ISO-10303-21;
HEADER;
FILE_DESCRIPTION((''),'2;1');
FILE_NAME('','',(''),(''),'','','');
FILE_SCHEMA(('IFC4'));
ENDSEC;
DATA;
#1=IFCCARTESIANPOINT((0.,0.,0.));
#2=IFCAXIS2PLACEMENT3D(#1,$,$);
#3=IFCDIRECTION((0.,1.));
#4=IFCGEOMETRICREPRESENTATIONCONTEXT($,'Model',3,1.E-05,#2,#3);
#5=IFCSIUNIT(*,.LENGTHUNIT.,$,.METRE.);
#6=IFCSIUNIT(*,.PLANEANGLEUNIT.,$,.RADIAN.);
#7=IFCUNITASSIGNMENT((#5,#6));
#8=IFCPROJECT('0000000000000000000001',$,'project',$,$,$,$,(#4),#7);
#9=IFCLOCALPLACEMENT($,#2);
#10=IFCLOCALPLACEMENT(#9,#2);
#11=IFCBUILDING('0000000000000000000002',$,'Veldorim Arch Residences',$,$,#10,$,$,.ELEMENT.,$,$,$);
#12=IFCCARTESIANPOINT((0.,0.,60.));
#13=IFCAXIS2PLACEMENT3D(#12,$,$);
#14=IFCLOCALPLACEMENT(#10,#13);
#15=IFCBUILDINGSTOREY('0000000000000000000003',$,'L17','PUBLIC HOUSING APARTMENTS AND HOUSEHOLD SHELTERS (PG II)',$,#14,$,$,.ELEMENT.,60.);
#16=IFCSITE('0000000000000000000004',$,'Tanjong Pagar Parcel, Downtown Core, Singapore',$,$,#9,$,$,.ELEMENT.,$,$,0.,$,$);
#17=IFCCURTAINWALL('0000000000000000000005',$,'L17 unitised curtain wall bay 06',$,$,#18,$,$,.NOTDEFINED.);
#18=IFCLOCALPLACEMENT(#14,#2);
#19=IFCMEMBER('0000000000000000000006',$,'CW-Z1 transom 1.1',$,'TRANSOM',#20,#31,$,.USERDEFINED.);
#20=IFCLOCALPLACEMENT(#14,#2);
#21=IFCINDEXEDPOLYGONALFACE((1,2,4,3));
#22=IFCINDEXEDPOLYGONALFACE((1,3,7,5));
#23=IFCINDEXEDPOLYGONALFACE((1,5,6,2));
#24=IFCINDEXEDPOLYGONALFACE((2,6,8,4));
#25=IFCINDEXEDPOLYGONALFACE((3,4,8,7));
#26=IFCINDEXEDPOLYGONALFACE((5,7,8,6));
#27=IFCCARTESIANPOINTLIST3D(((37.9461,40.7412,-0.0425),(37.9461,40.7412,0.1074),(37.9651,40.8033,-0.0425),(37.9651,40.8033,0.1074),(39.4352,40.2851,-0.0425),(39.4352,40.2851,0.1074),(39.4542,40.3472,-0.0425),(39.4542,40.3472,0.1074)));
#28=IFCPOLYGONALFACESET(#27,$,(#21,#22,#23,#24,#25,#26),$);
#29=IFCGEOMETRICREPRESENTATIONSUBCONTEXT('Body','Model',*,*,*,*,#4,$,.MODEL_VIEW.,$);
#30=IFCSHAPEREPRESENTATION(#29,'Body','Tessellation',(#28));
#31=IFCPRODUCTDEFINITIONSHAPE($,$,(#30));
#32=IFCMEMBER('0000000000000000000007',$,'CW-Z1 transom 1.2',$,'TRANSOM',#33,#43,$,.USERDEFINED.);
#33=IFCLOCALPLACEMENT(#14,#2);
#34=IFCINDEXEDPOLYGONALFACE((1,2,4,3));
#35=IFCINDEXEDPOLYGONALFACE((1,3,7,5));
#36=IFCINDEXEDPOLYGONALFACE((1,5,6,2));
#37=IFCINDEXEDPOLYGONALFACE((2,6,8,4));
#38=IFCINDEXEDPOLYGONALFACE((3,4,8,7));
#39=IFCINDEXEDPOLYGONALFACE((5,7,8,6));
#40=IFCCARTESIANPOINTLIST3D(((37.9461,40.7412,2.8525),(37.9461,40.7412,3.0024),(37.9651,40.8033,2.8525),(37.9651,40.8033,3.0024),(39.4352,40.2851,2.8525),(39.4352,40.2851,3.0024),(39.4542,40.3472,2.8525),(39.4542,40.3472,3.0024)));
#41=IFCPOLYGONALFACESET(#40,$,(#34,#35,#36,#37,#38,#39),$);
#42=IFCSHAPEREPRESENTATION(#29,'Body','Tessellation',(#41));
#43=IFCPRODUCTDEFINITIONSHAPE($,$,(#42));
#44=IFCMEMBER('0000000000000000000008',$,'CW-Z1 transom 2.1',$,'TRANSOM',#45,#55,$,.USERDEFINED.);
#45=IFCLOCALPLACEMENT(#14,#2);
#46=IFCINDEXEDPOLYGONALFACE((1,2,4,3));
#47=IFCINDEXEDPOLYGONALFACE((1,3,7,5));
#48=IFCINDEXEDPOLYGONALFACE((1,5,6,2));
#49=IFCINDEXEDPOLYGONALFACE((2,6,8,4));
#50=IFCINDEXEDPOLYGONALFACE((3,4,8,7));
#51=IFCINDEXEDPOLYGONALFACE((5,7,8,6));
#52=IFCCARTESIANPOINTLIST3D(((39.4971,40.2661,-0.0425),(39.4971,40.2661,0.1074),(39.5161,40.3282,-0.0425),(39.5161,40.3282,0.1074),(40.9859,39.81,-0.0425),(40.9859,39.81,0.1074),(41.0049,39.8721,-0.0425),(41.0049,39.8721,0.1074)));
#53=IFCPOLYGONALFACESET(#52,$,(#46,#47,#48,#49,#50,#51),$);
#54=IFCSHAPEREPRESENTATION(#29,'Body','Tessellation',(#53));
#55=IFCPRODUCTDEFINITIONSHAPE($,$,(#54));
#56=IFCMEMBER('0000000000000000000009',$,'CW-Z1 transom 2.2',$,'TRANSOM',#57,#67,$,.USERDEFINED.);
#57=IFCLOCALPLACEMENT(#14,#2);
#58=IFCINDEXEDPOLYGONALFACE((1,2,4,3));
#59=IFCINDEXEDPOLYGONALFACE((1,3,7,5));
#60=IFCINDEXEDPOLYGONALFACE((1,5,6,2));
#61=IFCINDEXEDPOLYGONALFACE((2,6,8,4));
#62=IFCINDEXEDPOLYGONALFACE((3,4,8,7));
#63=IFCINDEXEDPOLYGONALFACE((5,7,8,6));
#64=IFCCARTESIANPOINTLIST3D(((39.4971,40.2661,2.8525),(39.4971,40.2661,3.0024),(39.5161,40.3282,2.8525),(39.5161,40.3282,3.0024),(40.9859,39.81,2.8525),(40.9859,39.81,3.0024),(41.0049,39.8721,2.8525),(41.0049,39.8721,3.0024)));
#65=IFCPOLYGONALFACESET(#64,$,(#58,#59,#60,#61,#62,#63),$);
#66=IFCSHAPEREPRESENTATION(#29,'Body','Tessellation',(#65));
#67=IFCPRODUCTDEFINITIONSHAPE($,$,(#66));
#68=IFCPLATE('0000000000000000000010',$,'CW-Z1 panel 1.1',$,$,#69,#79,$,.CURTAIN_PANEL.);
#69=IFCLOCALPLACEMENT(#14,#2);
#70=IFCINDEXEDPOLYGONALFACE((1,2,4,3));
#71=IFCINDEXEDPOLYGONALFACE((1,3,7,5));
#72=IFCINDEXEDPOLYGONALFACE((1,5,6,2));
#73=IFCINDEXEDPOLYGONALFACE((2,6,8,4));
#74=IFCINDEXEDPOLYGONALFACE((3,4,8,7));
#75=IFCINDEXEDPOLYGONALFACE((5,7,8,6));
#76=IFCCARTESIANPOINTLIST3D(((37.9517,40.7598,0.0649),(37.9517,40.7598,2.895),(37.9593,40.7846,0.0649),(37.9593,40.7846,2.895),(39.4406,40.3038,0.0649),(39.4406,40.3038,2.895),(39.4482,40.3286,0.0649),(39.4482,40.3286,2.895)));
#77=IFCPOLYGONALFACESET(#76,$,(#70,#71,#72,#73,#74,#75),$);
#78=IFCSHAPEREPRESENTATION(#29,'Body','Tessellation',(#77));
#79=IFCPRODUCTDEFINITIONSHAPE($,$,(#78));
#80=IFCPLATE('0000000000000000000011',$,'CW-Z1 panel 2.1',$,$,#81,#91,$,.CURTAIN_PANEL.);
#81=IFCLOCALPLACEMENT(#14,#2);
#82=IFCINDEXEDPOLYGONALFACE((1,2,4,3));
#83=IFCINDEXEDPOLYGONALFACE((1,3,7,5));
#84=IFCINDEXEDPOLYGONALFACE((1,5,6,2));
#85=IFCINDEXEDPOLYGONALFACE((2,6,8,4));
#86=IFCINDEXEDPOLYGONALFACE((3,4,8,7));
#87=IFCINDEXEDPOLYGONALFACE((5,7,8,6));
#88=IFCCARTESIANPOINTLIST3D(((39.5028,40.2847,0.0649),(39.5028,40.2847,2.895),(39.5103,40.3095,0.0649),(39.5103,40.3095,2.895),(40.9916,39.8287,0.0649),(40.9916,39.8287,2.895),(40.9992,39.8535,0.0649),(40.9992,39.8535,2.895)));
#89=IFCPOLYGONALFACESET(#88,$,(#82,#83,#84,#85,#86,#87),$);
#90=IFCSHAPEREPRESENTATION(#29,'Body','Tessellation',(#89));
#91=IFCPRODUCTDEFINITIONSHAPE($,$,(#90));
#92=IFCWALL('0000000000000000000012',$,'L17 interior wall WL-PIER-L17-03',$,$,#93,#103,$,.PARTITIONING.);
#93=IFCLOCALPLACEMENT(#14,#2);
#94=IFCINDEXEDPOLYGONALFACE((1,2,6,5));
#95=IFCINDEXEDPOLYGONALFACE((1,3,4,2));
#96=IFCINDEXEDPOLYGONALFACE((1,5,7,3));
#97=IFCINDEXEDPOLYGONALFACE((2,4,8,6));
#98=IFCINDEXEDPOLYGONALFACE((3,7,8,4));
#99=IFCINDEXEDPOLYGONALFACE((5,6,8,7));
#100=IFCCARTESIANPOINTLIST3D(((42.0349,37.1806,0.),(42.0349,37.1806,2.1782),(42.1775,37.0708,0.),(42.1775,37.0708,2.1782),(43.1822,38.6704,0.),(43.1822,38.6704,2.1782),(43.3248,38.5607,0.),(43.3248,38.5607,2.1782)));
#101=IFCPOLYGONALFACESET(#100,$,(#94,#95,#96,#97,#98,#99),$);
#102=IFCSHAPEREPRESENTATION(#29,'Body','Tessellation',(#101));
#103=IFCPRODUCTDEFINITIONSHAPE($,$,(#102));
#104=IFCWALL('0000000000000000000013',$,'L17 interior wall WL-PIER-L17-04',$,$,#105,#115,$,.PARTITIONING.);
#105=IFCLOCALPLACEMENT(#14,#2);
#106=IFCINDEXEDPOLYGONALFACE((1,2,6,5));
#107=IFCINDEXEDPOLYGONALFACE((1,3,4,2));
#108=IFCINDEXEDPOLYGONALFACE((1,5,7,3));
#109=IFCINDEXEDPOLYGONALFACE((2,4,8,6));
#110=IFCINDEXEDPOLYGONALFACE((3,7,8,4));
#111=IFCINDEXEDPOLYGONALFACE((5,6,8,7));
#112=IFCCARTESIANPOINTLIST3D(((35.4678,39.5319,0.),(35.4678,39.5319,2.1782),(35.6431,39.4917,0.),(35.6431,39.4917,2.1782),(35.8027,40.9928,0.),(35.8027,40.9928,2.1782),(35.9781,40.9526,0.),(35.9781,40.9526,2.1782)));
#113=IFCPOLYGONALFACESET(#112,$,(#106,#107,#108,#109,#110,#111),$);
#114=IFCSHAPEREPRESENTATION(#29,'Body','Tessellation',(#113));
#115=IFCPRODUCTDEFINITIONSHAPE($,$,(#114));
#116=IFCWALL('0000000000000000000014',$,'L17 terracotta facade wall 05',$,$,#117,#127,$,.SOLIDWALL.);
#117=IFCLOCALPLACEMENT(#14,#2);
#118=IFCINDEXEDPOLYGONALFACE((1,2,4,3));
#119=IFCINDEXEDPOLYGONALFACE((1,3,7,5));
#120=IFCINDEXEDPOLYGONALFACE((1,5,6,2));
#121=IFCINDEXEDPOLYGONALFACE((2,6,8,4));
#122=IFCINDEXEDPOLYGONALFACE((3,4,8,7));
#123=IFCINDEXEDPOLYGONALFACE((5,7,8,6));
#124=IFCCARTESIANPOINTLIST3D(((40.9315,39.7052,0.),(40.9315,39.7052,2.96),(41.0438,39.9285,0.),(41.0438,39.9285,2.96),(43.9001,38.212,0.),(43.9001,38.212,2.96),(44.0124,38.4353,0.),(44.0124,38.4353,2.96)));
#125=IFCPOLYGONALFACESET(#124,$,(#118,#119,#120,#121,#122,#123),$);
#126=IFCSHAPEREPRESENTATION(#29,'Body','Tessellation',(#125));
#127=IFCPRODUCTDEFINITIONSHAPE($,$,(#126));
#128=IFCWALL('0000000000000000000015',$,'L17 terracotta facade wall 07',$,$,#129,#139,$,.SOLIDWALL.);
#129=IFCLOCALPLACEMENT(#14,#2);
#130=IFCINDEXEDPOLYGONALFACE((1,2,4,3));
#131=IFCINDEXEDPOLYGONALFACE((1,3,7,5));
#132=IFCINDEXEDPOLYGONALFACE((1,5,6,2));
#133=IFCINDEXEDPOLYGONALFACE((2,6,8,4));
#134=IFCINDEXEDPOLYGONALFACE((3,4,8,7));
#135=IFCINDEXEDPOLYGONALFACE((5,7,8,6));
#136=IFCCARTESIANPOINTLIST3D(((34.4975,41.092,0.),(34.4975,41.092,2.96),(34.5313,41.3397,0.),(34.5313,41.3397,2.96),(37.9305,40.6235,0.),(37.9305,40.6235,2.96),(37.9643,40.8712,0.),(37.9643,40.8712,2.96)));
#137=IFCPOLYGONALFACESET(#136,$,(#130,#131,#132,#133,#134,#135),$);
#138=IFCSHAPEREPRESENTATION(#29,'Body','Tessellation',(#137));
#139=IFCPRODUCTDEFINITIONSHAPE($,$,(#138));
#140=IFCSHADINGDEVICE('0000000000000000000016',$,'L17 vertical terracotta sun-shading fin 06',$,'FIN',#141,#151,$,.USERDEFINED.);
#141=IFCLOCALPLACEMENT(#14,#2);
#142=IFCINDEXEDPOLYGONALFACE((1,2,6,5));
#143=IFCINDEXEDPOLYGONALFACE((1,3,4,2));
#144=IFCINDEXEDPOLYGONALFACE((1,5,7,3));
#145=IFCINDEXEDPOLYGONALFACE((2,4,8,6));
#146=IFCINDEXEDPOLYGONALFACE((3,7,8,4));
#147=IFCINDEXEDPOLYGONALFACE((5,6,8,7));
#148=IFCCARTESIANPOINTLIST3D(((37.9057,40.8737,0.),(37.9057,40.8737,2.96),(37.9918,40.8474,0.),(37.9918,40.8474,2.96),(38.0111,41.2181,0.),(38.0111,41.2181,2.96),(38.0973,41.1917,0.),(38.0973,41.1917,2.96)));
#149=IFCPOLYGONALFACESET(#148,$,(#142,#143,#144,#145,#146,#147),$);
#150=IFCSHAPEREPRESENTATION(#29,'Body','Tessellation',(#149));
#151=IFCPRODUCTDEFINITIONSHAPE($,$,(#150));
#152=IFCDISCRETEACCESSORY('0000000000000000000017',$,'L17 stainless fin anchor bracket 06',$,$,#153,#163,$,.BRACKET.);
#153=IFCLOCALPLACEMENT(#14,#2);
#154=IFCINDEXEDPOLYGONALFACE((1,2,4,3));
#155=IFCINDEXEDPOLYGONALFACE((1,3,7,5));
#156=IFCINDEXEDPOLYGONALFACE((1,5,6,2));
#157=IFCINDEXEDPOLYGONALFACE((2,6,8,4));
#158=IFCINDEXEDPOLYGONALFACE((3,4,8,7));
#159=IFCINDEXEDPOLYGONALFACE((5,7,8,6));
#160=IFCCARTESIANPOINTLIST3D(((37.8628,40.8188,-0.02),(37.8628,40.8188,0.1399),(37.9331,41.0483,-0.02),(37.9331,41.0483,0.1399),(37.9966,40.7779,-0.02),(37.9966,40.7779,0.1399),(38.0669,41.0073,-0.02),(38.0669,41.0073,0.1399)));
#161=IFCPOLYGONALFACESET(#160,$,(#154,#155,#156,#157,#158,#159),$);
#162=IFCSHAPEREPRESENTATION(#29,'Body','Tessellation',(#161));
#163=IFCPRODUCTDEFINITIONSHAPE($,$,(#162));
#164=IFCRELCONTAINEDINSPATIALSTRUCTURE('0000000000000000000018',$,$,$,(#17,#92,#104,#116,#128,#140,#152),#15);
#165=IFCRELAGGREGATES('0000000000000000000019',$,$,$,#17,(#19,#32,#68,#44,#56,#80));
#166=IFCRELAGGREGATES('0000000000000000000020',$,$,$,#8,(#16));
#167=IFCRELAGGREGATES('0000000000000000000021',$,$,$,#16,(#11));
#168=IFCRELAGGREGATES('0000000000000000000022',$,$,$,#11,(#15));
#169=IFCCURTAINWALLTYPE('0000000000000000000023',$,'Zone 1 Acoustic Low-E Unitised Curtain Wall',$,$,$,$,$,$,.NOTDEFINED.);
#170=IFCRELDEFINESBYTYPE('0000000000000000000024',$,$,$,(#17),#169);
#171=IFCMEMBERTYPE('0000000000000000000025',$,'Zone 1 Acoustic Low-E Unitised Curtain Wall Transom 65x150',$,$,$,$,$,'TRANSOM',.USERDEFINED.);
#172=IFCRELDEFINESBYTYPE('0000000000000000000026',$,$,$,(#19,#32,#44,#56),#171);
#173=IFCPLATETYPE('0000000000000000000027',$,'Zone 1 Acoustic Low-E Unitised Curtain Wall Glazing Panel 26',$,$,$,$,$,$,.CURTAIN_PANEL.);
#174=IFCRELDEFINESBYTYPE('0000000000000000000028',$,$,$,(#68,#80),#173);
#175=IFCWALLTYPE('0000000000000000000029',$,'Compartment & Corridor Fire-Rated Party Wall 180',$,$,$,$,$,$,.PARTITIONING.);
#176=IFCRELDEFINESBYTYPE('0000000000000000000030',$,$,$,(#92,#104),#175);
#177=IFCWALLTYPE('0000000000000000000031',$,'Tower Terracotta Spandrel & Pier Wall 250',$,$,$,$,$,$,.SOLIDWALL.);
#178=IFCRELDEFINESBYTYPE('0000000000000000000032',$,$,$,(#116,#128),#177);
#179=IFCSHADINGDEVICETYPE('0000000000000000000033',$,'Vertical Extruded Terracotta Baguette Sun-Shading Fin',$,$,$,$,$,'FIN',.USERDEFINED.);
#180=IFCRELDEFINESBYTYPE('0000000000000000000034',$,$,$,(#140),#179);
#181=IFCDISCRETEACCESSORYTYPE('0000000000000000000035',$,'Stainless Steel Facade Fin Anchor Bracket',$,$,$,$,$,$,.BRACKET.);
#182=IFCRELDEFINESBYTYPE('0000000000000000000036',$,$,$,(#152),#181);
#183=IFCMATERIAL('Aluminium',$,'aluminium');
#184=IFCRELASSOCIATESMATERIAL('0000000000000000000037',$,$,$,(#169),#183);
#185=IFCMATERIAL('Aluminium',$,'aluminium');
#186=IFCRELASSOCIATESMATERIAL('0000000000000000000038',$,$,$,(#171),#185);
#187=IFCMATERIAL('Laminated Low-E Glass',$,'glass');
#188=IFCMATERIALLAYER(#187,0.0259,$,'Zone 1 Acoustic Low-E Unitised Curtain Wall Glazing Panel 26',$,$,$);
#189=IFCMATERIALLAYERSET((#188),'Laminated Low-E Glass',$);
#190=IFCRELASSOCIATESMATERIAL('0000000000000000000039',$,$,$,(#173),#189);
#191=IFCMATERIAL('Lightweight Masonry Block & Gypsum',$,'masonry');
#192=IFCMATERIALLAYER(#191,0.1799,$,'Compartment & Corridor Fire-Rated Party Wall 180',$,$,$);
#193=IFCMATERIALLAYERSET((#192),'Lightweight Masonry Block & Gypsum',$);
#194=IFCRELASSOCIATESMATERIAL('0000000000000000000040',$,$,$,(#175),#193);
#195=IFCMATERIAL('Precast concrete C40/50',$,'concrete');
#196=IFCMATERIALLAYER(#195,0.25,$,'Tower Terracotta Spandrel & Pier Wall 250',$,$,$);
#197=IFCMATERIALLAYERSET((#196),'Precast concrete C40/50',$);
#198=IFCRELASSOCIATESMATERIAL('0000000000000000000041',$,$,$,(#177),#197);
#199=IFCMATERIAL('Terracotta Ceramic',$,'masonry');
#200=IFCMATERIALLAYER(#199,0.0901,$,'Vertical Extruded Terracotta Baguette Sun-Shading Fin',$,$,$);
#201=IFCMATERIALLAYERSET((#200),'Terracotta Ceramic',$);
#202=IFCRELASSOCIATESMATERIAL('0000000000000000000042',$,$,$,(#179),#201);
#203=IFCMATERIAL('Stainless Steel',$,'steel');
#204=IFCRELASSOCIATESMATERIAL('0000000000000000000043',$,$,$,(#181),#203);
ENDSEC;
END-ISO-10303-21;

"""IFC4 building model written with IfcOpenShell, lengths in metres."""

from ifc_helpers import new_model, si_unit, direction, frame, frame_2d, origin, origin_2d, place, context, subcontext, project, spatial, rectangle, extrude, material, layer, layer_set, material_profile, profile_set, type_object, element, aggregate, save


model = new_model("IFC4")

# Units and contexts
model_context = context("Model", 3, precision=1e-05, world=origin(), true_north=direction((0.0, 1.0)))
body_context = subcontext(model_context, "Body", "Model", "MODEL_VIEW")
ifc_project = project(units=[si_unit("LENGTHUNIT", "METRE"), si_unit("PLANEANGLEUNIT", "RADIAN")], contexts=[model_context])

# Site, building, storey
site_placement = place(None, origin())
site = spatial("IfcSite", under=ifc_project, at=site_placement, Name="Tanjong Pagar Parcel, Downtown Core, Singapore", CompositionType="ELEMENT", RefElevation=0.0)
building_placement = place(site_placement, origin())
building = spatial("IfcBuilding", under=site, at=building_placement, Name="Veldorim Arch Residences", CompositionType="ELEMENT")
storey_placement = place(building_placement, frame((0.0, 0.0, 60.0)))
storey = spatial("IfcBuildingStorey", under=building, at=storey_placement, Name="L17", Description="PUBLIC HOUSING APARTMENTS AND HOUSEHOLD SHELTERS (PG II)", CompositionType="ELEMENT", Elevation=60.0)

# Curtain wall, members, plates
ifc_material_1 = material(Name="Aluminium", Category="aluminium")
curtain_wall_type = type_object("IfcCurtainWallType", Name="Zone 1 Acoustic Low-E Unitised Curtain Wall", PredefinedType="NOTDEFINED", material=ifc_material_1)
curtain_wall_placement = place(storey_placement, origin())
curtain_wall = element("IfcCurtainWall", 1, at=curtain_wall_placement, inside=storey, type_object=curtain_wall_type, Name="L17 unitised curtain wall bay 06", PredefinedType="NOTDEFINED")
ifc_material_2 = material(Name="Aluminium", Category="aluminium")
ifc_material_profile_1 = material_profile(ifc_material_2, rectangle(XDim=0.0649, YDim=0.1499, at=origin_2d()), Name="ALU_TRN_65x150")
ifc_profile_set_1 = profile_set([ifc_material_profile_1], Name="Aluminium")
member_type_1 = type_object("IfcMemberType", Name="Zone 1 Acoustic Low-E Unitised Curtain Wall Transom 65x150", ElementType="TRANSOM", PredefinedType="USERDEFINED", material=ifc_profile_set_1)
member_1_placement = place(storey_placement, frame((37.9556, 40.7722, 0.0325), z_axis=(0.956158, -0.292852, 0.0), x_axis=(0.292852, 0.956158, 0.0)))
member_1 = element("IfcMember", 2, at=member_1_placement, type_object=member_type_1, Name="CW-Z1 transom 1.1", ObjectType="TRANSOM", PredefinedType="USERDEFINED", context=body_context, shape_type="SweptSolid", body=[
    extrude(rectangle(XDim=0.0649, YDim=0.1499, at=origin_2d()), origin(), (0.0, 0.0, 1.0), 1.5574),
])
member_2_placement = place(storey_placement, frame((37.9556, 40.7722, 2.9275), z_axis=(0.956158, -0.292852, 0.0), x_axis=(0.292852, 0.956158, 0.0)))
member_2 = element("IfcMember", 3, at=member_2_placement, type_object=member_type_1, Name="CW-Z1 transom 1.2", ObjectType="TRANSOM", PredefinedType="USERDEFINED", context=body_context, shape_type="SweptSolid", body=[
    extrude(rectangle(XDim=0.0649, YDim=0.1499, at=origin_2d()), origin(), (0.0, 0.0, 1.0), 1.5574),
])
member_3_placement = place(storey_placement, frame((39.5066, 40.2971, 0.0325), z_axis=(0.956144, -0.292896, 0.0), x_axis=(0.292896, 0.956144, 0.0)))
member_3 = element("IfcMember", 4, at=member_3_placement, type_object=member_type_1, Name="CW-Z1 transom 2.1", ObjectType="TRANSOM", PredefinedType="USERDEFINED", context=body_context, shape_type="SweptSolid", body=[
    extrude(rectangle(XDim=0.0649, YDim=0.1499, at=origin_2d()), origin(), (0.0, 0.0, 1.0), 1.5571),
])
member_4_placement = place(storey_placement, frame((39.5066, 40.2971, 2.9275), z_axis=(0.956144, -0.292896, 0.0), x_axis=(0.292896, 0.956144, 0.0)))
member_4 = element("IfcMember", 5, at=member_4_placement, type_object=member_type_1, Name="CW-Z1 transom 2.2", ObjectType="TRANSOM", PredefinedType="USERDEFINED", context=body_context, shape_type="SweptSolid", body=[
    extrude(rectangle(XDim=0.0649, YDim=0.1499, at=origin_2d()), origin(), (0.0, 0.0, 1.0), 1.5571),
])
ifc_material_3 = material(Name="Laminated Low-E Glass", Category="glass")
ifc_layer_1 = layer(ifc_material_3, 0.0259, Name="Zone 1 Acoustic Low-E Unitised Curtain Wall Glazing Panel 26")
ifc_layer_set_1 = layer_set([ifc_layer_1], Name="Laminated Low-E Glass")
plate_type = type_object("IfcPlateType", Name="Zone 1 Acoustic Low-E Unitised Curtain Wall Glazing Panel 26", PredefinedType="CURTAIN_PANEL", material=ifc_layer_set_1)
plate_1_placement = place(storey_placement, frame((38.7, 40.5442, 0.0649), z_axis=(0.0, 0.0, 1.0), x_axis=(0.956158, -0.292852, 0.0)))
plate_1 = element("IfcPlate", 6, at=plate_1_placement, type_object=plate_type, Name="CW-Z1 panel 1.1", PredefinedType="CURTAIN_PANEL", context=body_context, shape_type="SweptSolid", body=[
    extrude(rectangle(XDim=1.5571, YDim=0.0259, at=origin_2d()), origin(), (0.0, 0.0, 1.0), 2.8301),
])
plate_2_placement = place(storey_placement, frame((40.251, 40.0691, 0.0649), z_axis=(0.0, 0.0, 1.0), x_axis=(0.956158, -0.292852, 0.0)))
plate_2 = element("IfcPlate", 7, at=plate_2_placement, type_object=plate_type, Name="CW-Z1 panel 2.1", PredefinedType="CURTAIN_PANEL", context=body_context, shape_type="SweptSolid", body=[
    extrude(rectangle(XDim=1.5571, YDim=0.0259, at=origin_2d()), origin(), (0.0, 0.0, 1.0), 2.8301),
])
aggregate(curtain_wall, [member_1, member_2, plate_1, member_3, member_4, plate_2])

# Walls
ifc_material_4 = material(Name="Lightweight Masonry Block & Gypsum", Category="masonry")
ifc_layer_2 = layer(ifc_material_4, 0.1799, Name="Compartment & Corridor Fire-Rated Party Wall 180")
ifc_layer_set_2 = layer_set([ifc_layer_2], Name="Lightweight Masonry Block & Gypsum")
wall_type_1 = type_object("IfcWallType", Name="Compartment & Corridor Fire-Rated Party Wall 180", PredefinedType="PARTITIONING", material=ifc_layer_set_2)
wall_1_placement = place(storey_placement, frame((42.1062, 37.1257, 0.0), z_axis=(0.0, 0.0, 1.0), x_axis=(0.610131, 0.7923, 0.0)))
element("IfcWall", 8, at=wall_1_placement, inside=storey, type_object=wall_type_1, Name="L17 interior wall WL-PIER-L17-03", PredefinedType="PARTITIONING", context=body_context, shape_type="SweptSolid", body=[
    extrude(rectangle(XDim=1.8804, YDim=0.1799, at=frame_2d((0.9402, 0.0))), origin(), (0.0, 0.0, 1.0), 2.1782),
])
wall_2_placement = place(storey_placement, frame((35.5554, 39.5117, 0.0), z_axis=(0.0, 0.0, 1.0), x_axis=(0.223479, 0.974709, 0.0)))
element("IfcWall", 9, at=wall_2_placement, inside=storey, type_object=wall_type_1, Name="L17 interior wall WL-PIER-L17-04", PredefinedType="PARTITIONING", context=body_context, shape_type="SweptSolid", body=[
    extrude(rectangle(XDim=1.4988, YDim=0.1799, at=frame_2d((0.7495, 0.0))), origin(), (0.0, 0.0, 1.0), 2.1782),
])
ifc_material_5 = material(Name="Precast concrete C40/50", Category="concrete")
ifc_layer_3 = layer(ifc_material_5, 0.25, Name="Tower Terracotta Spandrel & Pier Wall 250")
ifc_layer_set_3 = layer_set([ifc_layer_3], Name="Precast concrete C40/50")
wall_type_2 = type_object("IfcWallType", Name="Tower Terracotta Spandrel & Pier Wall 250", PredefinedType="SOLIDWALL", material=ifc_layer_set_3)
wall_3_placement = place(storey_placement, frame((40.9875, 39.8169, 0.0), z_axis=(0.0, 0.0, 1.0), x_axis=(0.893352, -0.449358, 0.0)))
element("IfcWall", 10, at=wall_3_placement, inside=storey, type_object=wall_type_2, Name="L17 terracotta facade wall 05", PredefinedType="SOLIDWALL", context=body_context, shape_type="SweptSolid", body=[
    extrude(rectangle(XDim=3.323, YDim=0.25, at=frame_2d((1.6616, 0.0))), origin(), (0.0, 0.0, 1.0), 2.96),
])
wall_4_placement = place(storey_placement, frame((34.5144, 41.2158, 0.0), z_axis=(0.0, 0.0, 1.0), x_axis=(0.990816, -0.135214, 0.0)))
element("IfcWall", 11, at=wall_4_placement, inside=storey, type_object=wall_type_2, Name="L17 terracotta facade wall 07", PredefinedType="SOLIDWALL", context=body_context, shape_type="SweptSolid", body=[
    extrude(rectangle(XDim=3.4648, YDim=0.25, at=frame_2d((1.7324, 0.0))), origin(), (0.0, 0.0, 1.0), 2.96),
])

# Shading device
ifc_material_6 = material(Name="Terracotta Ceramic", Category="masonry")
ifc_layer_4 = layer(ifc_material_6, 0.0901, Name="Vertical Extruded Terracotta Baguette Sun-Shading Fin")
ifc_layer_set_4 = layer_set([ifc_layer_4], Name="Terracotta Ceramic")
shading_device_type = type_object("IfcShadingDeviceType", Name="Vertical Extruded Terracotta Baguette Sun-Shading Fin", ElementType="FIN", PredefinedType="USERDEFINED", material=ifc_layer_set_4)
shading_device_placement = place(storey_placement, frame((38.0015, 41.0327, 0.0), z_axis=(0.0, 0.0, 1.0), x_axis=(0.956152, -0.292872, 0.0)))
element("IfcShadingDevice", 12, at=shading_device_placement, inside=storey, type_object=shading_device_type, Name="L17 vertical terracotta sun-shading fin 06", ObjectType="FIN", PredefinedType="USERDEFINED", context=body_context, shape_type="SweptSolid", body=[
    extrude(rectangle(XDim=0.0901, YDim=0.3601, at=origin_2d()), origin(), (0.0, 0.0, 1.0), 2.96),
])

# Discrete accessory
ifc_material_7 = material(Name="Stainless Steel", Category="steel")
discrete_accessory_type = type_object("IfcDiscreteAccessoryType", Name="Stainless Steel Facade Fin Anchor Bracket", PredefinedType="BRACKET", material=ifc_material_7)
discrete_accessory_placement = place(storey_placement, frame((37.9648, 40.9131, -0.02), z_axis=(0.0, 0.0, 1.0), x_axis=(0.956152, -0.292872, 0.0)))
element("IfcDiscreteAccessory", 13, at=discrete_accessory_placement, inside=storey, type_object=discrete_accessory_type, Name="L17 stainless fin anchor bracket 06", PredefinedType="BRACKET", context=body_context, shape_type="SweptSolid", body=[
    extrude(rectangle(XDim=0.1399, YDim=0.24, at=origin_2d()), origin(), (0.0, 0.0, 1.0), 0.1599),
])

save(model, "model.ifc")
